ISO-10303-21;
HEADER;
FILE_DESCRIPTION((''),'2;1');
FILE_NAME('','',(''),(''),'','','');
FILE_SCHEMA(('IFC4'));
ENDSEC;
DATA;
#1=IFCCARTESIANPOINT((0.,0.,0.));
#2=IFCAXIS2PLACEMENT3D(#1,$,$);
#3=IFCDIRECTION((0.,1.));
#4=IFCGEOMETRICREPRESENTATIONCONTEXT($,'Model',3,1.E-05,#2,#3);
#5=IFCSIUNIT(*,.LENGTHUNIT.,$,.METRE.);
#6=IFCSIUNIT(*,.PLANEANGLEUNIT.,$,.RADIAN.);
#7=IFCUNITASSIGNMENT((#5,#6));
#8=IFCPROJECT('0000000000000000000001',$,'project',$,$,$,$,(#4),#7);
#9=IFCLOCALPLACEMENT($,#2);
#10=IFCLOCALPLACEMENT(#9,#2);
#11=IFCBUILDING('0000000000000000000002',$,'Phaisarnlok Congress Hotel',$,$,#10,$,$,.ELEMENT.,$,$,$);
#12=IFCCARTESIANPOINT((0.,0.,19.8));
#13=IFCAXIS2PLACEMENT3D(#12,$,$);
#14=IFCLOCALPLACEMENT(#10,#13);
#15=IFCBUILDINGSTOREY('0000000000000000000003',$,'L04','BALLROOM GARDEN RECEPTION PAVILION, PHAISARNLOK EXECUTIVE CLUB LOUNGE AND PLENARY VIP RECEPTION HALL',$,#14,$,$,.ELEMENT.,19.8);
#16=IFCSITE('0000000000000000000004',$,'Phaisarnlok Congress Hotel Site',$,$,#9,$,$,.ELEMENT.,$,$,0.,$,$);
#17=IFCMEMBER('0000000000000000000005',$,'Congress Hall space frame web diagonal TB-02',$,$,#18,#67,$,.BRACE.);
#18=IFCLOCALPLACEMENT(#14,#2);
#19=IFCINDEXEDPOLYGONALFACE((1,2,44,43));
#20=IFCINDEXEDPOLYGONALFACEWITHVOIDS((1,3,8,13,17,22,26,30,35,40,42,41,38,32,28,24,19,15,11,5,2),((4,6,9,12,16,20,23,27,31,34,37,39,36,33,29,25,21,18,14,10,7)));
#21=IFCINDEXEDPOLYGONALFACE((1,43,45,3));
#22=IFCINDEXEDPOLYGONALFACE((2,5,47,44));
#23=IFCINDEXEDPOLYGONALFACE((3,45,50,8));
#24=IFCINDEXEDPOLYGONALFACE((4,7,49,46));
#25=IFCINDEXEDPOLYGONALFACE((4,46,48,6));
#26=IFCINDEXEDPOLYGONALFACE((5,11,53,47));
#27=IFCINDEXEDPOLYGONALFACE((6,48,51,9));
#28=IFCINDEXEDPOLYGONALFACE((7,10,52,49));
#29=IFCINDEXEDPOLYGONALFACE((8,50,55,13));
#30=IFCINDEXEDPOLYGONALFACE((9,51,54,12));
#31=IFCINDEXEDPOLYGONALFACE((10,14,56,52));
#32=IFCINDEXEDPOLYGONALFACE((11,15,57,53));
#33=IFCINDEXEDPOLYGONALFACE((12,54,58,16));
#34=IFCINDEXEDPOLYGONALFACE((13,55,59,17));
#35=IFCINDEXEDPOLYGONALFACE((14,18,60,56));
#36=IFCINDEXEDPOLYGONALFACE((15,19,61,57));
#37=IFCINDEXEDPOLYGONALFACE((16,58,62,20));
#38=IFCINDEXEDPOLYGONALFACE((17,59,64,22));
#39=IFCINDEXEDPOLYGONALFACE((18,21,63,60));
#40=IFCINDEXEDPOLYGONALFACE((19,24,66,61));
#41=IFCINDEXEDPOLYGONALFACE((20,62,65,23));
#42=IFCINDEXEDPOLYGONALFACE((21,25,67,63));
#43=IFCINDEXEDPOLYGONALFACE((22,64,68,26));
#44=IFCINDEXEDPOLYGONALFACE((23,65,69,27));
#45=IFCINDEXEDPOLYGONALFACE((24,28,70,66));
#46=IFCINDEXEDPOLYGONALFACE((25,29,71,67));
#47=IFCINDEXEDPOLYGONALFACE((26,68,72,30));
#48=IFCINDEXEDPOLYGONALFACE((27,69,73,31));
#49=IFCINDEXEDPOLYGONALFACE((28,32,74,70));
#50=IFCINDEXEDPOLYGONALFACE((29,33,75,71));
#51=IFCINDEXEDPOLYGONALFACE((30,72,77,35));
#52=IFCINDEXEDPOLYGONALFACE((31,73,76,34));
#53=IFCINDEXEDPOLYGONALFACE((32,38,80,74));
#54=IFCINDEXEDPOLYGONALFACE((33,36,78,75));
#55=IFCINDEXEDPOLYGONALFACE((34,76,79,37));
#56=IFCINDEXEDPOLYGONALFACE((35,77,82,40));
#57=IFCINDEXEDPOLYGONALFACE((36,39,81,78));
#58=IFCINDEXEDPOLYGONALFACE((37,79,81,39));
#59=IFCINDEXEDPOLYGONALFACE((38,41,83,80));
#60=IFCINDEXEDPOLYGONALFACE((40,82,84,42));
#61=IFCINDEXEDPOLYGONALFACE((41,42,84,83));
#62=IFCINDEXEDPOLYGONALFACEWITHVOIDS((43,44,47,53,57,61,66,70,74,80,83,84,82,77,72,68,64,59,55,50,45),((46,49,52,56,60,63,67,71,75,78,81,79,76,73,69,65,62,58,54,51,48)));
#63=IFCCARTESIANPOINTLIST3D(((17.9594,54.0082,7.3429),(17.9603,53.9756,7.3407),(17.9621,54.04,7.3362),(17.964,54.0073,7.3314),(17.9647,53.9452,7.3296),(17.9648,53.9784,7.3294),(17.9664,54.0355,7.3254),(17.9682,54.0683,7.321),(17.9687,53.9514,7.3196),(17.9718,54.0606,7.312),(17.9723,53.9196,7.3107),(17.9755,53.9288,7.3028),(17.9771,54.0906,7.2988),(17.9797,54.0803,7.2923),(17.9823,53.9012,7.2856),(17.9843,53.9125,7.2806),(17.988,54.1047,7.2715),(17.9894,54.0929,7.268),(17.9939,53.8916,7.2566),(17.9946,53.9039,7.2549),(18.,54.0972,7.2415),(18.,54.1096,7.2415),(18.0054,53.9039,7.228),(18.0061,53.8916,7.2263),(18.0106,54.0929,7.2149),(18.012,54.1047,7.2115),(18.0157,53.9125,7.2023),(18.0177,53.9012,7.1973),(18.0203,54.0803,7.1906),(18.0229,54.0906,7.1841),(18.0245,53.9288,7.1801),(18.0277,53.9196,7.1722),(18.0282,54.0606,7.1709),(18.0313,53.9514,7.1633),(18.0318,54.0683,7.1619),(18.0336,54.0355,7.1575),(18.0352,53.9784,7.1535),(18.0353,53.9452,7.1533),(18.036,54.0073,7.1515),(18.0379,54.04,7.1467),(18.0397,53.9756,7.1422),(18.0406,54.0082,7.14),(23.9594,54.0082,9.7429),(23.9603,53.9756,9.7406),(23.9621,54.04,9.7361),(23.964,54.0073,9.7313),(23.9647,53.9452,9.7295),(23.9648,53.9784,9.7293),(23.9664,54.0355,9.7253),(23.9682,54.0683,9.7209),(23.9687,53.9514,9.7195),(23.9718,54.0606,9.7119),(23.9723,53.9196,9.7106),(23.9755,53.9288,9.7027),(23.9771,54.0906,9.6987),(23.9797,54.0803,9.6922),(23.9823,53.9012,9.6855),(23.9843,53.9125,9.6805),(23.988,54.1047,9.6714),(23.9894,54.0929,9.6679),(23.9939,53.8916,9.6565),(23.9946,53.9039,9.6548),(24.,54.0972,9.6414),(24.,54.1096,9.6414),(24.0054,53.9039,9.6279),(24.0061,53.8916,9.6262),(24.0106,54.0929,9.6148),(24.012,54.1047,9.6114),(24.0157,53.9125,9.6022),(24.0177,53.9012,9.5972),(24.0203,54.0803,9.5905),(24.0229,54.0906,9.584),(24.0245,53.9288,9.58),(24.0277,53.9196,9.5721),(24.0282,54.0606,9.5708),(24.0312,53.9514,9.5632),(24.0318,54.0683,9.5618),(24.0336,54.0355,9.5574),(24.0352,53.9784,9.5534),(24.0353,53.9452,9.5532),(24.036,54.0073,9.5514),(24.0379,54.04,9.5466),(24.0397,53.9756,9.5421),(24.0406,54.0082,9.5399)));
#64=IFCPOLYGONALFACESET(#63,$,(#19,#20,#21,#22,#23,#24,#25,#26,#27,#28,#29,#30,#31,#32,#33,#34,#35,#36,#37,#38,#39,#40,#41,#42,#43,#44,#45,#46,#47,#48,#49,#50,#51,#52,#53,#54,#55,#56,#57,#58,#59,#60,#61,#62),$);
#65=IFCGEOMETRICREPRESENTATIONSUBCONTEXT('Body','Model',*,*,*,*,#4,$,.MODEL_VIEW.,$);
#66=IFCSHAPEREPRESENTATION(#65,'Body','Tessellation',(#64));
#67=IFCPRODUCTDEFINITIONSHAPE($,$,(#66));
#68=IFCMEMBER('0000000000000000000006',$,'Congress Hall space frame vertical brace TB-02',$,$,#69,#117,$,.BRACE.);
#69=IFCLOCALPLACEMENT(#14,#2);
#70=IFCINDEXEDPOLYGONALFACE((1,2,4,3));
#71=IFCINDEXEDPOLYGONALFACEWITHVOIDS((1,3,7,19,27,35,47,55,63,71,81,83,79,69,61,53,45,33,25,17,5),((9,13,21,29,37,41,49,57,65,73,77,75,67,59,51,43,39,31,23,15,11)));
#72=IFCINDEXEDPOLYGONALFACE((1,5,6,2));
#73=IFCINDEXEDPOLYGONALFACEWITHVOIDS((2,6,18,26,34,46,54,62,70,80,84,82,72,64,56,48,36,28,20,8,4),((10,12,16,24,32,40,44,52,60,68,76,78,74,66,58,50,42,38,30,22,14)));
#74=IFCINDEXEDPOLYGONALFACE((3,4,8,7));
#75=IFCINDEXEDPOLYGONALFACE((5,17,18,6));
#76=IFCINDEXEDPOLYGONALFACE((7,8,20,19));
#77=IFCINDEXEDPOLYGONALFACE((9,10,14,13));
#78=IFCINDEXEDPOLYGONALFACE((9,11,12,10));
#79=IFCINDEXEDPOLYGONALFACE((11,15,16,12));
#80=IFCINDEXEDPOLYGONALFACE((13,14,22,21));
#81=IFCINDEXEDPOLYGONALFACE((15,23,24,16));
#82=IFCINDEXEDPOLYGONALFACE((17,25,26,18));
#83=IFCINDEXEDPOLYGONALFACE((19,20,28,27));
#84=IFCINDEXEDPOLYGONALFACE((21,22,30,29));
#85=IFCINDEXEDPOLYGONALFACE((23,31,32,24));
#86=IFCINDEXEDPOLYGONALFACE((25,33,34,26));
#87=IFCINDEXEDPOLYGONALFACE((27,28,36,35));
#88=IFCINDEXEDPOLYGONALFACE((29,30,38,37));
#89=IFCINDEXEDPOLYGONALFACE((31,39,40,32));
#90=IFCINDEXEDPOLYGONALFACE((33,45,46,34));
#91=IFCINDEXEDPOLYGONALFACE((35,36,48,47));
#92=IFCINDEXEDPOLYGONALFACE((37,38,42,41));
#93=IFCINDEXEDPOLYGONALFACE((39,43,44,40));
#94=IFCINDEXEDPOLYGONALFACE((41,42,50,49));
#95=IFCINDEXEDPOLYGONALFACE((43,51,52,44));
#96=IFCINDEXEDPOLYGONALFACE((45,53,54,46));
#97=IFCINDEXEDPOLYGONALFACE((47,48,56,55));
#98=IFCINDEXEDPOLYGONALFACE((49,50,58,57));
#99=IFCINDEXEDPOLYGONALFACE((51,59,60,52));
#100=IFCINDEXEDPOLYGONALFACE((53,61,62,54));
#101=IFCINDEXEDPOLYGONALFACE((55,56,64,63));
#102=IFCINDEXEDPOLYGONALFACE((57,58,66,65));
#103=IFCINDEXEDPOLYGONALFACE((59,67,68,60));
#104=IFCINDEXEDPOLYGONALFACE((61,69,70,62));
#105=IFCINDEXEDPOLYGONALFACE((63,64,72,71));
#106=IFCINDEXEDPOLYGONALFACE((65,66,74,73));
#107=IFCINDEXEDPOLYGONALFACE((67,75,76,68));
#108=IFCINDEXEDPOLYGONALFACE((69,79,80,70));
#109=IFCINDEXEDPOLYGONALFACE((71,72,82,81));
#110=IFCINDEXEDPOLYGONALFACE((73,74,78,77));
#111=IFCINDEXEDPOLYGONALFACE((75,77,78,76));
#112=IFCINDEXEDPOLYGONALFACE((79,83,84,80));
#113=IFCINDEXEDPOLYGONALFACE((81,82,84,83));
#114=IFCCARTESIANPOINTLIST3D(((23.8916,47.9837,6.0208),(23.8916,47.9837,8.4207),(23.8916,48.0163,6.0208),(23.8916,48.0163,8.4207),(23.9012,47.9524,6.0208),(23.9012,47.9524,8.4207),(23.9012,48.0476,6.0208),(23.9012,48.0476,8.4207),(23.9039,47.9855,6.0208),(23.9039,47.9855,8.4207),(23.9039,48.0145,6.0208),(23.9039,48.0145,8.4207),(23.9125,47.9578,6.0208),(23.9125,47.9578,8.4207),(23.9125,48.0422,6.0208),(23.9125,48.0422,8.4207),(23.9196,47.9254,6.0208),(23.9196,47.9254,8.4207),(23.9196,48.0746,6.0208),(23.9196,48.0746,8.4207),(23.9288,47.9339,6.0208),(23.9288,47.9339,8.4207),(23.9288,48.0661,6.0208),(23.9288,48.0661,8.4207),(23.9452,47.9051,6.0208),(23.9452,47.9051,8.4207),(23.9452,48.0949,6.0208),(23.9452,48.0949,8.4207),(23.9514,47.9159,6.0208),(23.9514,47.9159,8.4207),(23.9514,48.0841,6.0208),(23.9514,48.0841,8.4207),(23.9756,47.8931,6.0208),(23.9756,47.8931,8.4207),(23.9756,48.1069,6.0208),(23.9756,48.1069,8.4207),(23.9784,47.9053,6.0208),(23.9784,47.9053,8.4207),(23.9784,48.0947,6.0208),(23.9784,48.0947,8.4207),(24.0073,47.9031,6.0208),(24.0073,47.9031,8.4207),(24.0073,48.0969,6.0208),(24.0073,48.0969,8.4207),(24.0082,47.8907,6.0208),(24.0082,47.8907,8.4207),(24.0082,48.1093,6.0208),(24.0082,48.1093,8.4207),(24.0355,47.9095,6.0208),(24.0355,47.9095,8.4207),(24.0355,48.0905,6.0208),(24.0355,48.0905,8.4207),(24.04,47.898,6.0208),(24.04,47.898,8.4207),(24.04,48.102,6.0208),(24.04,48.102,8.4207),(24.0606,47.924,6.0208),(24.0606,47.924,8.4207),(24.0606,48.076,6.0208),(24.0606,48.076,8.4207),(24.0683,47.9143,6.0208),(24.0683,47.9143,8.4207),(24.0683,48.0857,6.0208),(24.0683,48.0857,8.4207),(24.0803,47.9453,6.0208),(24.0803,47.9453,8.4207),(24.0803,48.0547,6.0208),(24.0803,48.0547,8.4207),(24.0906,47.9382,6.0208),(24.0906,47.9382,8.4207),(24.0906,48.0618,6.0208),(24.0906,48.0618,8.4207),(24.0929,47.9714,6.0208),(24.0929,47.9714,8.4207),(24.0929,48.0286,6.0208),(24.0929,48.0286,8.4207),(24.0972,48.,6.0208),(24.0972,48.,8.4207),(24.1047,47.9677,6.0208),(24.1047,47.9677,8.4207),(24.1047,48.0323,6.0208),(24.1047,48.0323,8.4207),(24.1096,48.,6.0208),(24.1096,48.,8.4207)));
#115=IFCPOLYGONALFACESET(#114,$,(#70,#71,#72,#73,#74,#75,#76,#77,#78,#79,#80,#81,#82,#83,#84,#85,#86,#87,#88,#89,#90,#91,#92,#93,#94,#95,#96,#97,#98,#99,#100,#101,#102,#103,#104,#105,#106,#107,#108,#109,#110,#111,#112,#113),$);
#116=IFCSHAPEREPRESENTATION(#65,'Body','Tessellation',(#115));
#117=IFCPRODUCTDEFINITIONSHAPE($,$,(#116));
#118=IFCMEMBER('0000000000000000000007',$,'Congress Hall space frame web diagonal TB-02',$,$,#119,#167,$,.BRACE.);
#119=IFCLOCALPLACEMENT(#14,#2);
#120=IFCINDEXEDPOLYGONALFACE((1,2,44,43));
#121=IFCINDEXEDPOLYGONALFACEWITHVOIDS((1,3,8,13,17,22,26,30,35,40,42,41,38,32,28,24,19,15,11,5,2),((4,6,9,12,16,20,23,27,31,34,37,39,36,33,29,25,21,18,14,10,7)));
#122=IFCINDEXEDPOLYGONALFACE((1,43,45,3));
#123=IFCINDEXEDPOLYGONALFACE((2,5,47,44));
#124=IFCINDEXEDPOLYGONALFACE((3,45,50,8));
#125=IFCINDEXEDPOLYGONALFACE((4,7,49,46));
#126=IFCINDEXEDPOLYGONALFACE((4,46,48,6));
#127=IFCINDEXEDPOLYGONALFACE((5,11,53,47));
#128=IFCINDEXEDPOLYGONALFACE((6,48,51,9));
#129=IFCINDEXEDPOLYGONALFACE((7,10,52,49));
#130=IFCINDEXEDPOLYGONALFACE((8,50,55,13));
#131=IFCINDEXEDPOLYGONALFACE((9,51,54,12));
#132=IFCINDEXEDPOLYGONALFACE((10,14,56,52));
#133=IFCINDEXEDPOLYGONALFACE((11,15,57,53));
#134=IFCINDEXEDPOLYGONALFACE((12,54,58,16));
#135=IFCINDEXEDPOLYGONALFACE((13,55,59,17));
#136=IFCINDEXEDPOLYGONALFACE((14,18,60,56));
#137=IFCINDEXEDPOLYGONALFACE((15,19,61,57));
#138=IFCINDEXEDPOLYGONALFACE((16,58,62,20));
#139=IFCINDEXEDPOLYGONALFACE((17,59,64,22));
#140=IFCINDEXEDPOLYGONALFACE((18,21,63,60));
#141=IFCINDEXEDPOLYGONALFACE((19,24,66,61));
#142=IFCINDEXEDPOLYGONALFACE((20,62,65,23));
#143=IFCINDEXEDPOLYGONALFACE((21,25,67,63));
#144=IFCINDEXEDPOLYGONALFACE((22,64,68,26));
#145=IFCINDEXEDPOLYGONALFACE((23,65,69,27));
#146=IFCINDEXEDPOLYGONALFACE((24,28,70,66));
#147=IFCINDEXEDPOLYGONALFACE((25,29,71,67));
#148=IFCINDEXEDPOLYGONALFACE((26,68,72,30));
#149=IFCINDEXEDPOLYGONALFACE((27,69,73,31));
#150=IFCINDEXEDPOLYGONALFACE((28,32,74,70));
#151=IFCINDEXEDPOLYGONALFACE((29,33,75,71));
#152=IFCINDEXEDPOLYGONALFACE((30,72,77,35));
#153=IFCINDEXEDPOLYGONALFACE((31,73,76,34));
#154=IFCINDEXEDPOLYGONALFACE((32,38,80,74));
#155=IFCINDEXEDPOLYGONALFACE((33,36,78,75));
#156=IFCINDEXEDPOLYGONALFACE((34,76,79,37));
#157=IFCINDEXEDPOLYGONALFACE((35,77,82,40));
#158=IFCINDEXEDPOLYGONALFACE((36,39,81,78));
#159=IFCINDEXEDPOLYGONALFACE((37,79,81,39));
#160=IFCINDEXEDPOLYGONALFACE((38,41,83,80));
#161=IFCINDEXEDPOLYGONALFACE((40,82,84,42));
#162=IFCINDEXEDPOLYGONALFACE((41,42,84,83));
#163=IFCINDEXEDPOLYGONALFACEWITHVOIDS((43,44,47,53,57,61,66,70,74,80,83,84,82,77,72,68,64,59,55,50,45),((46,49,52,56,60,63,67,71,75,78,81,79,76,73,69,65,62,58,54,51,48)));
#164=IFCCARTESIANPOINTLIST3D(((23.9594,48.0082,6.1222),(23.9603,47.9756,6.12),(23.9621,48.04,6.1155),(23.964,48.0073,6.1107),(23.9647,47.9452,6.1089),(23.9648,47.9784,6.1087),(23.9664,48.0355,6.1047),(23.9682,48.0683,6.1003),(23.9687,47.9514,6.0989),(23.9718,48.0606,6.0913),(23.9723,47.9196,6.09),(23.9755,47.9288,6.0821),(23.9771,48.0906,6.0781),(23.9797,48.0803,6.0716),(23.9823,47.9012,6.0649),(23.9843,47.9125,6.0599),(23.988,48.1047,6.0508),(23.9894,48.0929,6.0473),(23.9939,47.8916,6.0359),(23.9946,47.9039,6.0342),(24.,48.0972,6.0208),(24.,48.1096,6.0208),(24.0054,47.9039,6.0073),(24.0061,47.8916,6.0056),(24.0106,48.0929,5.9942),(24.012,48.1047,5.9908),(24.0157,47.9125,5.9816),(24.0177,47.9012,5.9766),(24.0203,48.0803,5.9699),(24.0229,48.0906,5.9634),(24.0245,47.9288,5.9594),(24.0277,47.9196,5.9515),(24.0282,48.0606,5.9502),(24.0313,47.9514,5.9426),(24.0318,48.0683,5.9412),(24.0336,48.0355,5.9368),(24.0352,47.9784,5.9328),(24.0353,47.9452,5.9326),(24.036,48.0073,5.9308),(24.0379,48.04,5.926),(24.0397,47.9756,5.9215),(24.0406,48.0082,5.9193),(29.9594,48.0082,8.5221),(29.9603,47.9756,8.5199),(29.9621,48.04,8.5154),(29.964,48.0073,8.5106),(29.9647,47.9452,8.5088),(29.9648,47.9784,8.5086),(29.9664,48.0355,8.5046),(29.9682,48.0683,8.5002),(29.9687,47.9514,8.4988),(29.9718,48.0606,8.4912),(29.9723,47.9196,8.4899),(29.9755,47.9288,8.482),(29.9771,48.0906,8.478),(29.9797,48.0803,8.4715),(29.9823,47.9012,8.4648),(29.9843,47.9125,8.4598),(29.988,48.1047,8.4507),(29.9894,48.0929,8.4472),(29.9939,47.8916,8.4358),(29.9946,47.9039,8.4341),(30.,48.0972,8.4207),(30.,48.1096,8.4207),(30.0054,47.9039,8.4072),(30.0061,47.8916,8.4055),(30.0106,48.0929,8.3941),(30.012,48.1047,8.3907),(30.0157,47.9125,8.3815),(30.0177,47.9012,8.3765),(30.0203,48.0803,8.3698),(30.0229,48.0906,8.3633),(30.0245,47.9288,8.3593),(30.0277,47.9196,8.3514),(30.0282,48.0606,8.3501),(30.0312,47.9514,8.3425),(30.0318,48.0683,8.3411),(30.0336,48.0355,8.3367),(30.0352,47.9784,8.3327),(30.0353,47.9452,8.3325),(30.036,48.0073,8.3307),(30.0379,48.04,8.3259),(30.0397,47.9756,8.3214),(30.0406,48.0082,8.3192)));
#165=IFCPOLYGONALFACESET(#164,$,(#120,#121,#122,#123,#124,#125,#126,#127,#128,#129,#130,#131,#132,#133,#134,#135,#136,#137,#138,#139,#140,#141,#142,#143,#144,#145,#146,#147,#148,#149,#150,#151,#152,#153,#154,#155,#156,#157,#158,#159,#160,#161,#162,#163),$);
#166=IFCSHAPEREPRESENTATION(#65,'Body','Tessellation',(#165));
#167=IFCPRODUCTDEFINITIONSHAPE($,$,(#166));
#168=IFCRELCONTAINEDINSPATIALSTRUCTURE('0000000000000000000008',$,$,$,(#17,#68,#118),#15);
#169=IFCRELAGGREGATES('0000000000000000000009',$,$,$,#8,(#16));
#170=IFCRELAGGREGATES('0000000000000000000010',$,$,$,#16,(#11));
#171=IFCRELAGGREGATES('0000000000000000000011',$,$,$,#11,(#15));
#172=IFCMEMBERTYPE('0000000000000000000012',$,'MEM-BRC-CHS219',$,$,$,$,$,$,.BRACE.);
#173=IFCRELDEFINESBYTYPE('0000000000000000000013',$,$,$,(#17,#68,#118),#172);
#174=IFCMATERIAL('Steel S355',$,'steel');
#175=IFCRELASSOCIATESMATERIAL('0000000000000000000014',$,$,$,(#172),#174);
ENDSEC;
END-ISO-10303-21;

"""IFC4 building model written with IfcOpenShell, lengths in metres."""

from ifc_helpers import new_model, si_unit, direction, frame, origin, origin_2d, place, context, subcontext, project, spatial, hollow_circle, extrude, material, material_profile, profile_set, type_object, element, save


model = new_model("IFC4")

# Units and contexts
model_context = context("Model", 3, precision=1e-05, world=origin(), true_north=direction((0.0, 1.0)))
body_context = subcontext(model_context, "Body", "Model", "MODEL_VIEW")
ifc_project = project(units=[si_unit("LENGTHUNIT", "METRE"), si_unit("PLANEANGLEUNIT", "RADIAN")], contexts=[model_context])

# Site, building, storey
site_placement = place(None, origin())
site = spatial("IfcSite", under=ifc_project, at=site_placement, Name="Phaisarnlok Congress Hotel Site", CompositionType="ELEMENT", RefElevation=0.0)
building_placement = place(site_placement, origin())
building = spatial("IfcBuilding", under=site, at=building_placement, Name="Phaisarnlok Congress Hotel", CompositionType="ELEMENT")
storey_placement = place(building_placement, frame((0.0, 0.0, 19.8)))
storey = spatial("IfcBuildingStorey", under=building, at=storey_placement, Name="L04", Description="BALLROOM GARDEN RECEPTION PAVILION, PHAISARNLOK EXECUTIVE CLUB LOUNGE AND PLENARY VIP RECEPTION HALL", CompositionType="ELEMENT", Elevation=19.8)

# Members
ifc_material = material(Name="Steel S355", Category="steel")
ifc_material_profile_1 = material_profile(ifc_material, hollow_circle(Radius=0.1096, WallThickness=0.0125, at=origin_2d()), Name="CHS 219.1x12.5")
ifc_profile_set_1 = profile_set([ifc_material_profile_1], Name="Steel S355")
member_type_1 = type_object("IfcMemberType", Name="MEM-BRC-CHS219", PredefinedType="BRACE", material=ifc_profile_set_1)
member_1_placement = place(storey_placement, frame((18.0, 54.0, 7.2415), z_axis=(0.928482, 0.0, 0.371378), x_axis=(0.0, 1.0, 0.0)))
element("IfcMember", 1, at=member_1_placement, inside=storey, type_object=member_type_1, Name="Congress Hall space frame web diagonal TB-02", PredefinedType="BRACE", context=body_context, shape_type="SweptSolid", body=[
    extrude(hollow_circle(Radius=0.1096, WallThickness=0.0125, at=origin_2d()), origin(), (0.0, 0.0, 1.0), 6.4622),
])
member_2_placement = place(storey_placement, frame((24.0, 48.0, 6.0208), z_axis=(0.0, 0.0, 1.0), x_axis=(1.0, 0.0, 0.0)))
element("IfcMember", 2, at=member_2_placement, inside=storey, type_object=member_type_1, Name="Congress Hall space frame vertical brace TB-02", PredefinedType="BRACE", context=body_context, shape_type="SweptSolid", body=[
    extrude(hollow_circle(Radius=0.1096, WallThickness=0.0125, at=origin_2d()), origin(), (0.0, 0.0, 1.0), 2.3999),
])
member_3_placement = place(storey_placement, frame((24.0, 48.0, 6.0208), z_axis=(0.928482, 0.0, 0.371378), x_axis=(0.0, 1.0, 0.0)))
element("IfcMember", 3, at=member_3_placement, inside=storey, type_object=member_type_1, Name="Congress Hall space frame web diagonal TB-02", PredefinedType="BRACE", context=body_context, shape_type="SweptSolid", body=[
    extrude(hollow_circle(Radius=0.1096, WallThickness=0.0125, at=origin_2d()), origin(), (0.0, 0.0, 1.0), 6.4622),
])

save(model, "model.ifc")
